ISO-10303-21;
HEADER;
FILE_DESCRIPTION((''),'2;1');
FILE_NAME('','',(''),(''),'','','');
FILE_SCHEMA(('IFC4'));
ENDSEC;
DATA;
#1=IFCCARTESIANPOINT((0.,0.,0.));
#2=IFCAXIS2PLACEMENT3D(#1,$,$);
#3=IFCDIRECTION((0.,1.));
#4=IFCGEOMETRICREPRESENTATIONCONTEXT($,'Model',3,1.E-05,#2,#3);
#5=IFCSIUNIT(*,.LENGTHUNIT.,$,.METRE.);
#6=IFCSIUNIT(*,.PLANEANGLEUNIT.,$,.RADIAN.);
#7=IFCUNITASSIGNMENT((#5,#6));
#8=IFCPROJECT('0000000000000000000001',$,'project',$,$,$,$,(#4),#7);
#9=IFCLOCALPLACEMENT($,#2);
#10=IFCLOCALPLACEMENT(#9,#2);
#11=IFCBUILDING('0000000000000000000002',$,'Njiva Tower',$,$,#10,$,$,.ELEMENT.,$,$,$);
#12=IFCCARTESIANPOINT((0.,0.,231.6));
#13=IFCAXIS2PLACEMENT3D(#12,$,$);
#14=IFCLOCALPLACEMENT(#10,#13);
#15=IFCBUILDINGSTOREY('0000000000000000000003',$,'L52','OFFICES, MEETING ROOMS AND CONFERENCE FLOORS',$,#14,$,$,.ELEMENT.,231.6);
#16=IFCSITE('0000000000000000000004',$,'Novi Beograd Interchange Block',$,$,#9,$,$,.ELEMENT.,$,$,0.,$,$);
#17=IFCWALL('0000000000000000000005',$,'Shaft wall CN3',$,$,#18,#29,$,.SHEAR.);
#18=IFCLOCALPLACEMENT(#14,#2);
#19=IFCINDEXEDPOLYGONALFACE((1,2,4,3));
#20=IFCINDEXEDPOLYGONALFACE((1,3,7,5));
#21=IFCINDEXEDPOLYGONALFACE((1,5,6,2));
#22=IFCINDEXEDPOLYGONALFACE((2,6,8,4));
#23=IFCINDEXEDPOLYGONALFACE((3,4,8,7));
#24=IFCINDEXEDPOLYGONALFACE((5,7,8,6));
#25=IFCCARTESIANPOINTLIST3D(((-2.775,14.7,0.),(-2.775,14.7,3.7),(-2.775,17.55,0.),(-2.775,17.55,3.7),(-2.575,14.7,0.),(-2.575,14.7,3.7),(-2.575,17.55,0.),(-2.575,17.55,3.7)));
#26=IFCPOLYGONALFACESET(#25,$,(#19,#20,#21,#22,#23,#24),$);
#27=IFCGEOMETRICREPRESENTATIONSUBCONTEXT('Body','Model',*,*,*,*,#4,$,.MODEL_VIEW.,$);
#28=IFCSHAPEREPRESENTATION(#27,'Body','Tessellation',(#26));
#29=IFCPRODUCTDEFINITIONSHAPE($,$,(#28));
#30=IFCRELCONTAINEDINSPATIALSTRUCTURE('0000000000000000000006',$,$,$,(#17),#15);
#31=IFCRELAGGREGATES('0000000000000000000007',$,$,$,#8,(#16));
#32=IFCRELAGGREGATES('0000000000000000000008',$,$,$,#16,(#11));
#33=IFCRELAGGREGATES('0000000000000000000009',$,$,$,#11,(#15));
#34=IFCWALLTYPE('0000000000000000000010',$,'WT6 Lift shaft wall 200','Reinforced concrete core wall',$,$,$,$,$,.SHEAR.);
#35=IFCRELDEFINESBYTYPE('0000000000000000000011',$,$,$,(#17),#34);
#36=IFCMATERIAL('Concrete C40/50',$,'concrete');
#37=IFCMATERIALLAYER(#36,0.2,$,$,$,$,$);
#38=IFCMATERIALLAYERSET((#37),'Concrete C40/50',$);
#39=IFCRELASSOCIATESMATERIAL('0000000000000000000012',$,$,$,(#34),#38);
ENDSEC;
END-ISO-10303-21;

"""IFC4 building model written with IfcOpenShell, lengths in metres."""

from ifc_helpers import new_model, si_unit, direction, frame, frame_2d, origin, place, context, subcontext, project, spatial, rectangle, extrude, material, layer, layer_set, type_object, element, save


model = new_model("IFC4")

# Units and contexts
model_context = context("Model", 3, precision=1e-05, world=origin(), true_north=direction((0.0, 1.0)))
body_context = subcontext(model_context, "Body", "Model", "MODEL_VIEW")
ifc_project = project(units=[si_unit("LENGTHUNIT", "METRE"), si_unit("PLANEANGLEUNIT", "RADIAN")], contexts=[model_context])

# Site, building, storey
site_placement = place(None, origin())
site = spatial("IfcSite", under=ifc_project, at=site_placement, Name="Novi Beograd Interchange Block", CompositionType="ELEMENT", RefElevation=0.0)
building_placement = place(site_placement, origin())
building = spatial("IfcBuilding", under=site, at=building_placement, Name="Njiva Tower", CompositionType="ELEMENT")
storey_placement = place(building_placement, frame((0.0, 0.0, 231.6)))
storey = spatial("IfcBuildingStorey", under=building, at=storey_placement, Name="L52", Description="OFFICES, MEETING ROOMS AND CONFERENCE FLOORS", CompositionType="ELEMENT", Elevation=231.6)

# Wall
ifc_material_1 = material(Name="Concrete C40/50", Category="concrete")
ifc_layer_1 = layer(ifc_material_1, 0.2)
ifc_layer_set_1 = layer_set([ifc_layer_1], Name="Concrete C40/50")
wall_type_1 = type_object("IfcWallType", Name="WT6 Lift shaft wall 200", Description="Reinforced concrete core wall", PredefinedType="SHEAR", material=ifc_layer_set_1)
for number, where, z_axis, x_axis, name in (
    (1, (-2.675, 14.7, 0.0), (0.0, 0.0, 1.0), (0.0, 1.0, 0.0), "Shaft wall CN3"),
):
    element("IfcWall", number, at=place(storey_placement, frame(where, z_axis=z_axis, x_axis=x_axis)), inside=storey, type_object=wall_type_1, Name=name, PredefinedType="SHEAR", context=body_context, shape_type="SweptSolid", body=[
        extrude(rectangle(XDim=2.85, YDim=0.2, at=frame_2d((1.425, 0.0))), origin(), (0.0, 0.0, 1.0), 3.7),
    ])

save(model, "model.ifc")
